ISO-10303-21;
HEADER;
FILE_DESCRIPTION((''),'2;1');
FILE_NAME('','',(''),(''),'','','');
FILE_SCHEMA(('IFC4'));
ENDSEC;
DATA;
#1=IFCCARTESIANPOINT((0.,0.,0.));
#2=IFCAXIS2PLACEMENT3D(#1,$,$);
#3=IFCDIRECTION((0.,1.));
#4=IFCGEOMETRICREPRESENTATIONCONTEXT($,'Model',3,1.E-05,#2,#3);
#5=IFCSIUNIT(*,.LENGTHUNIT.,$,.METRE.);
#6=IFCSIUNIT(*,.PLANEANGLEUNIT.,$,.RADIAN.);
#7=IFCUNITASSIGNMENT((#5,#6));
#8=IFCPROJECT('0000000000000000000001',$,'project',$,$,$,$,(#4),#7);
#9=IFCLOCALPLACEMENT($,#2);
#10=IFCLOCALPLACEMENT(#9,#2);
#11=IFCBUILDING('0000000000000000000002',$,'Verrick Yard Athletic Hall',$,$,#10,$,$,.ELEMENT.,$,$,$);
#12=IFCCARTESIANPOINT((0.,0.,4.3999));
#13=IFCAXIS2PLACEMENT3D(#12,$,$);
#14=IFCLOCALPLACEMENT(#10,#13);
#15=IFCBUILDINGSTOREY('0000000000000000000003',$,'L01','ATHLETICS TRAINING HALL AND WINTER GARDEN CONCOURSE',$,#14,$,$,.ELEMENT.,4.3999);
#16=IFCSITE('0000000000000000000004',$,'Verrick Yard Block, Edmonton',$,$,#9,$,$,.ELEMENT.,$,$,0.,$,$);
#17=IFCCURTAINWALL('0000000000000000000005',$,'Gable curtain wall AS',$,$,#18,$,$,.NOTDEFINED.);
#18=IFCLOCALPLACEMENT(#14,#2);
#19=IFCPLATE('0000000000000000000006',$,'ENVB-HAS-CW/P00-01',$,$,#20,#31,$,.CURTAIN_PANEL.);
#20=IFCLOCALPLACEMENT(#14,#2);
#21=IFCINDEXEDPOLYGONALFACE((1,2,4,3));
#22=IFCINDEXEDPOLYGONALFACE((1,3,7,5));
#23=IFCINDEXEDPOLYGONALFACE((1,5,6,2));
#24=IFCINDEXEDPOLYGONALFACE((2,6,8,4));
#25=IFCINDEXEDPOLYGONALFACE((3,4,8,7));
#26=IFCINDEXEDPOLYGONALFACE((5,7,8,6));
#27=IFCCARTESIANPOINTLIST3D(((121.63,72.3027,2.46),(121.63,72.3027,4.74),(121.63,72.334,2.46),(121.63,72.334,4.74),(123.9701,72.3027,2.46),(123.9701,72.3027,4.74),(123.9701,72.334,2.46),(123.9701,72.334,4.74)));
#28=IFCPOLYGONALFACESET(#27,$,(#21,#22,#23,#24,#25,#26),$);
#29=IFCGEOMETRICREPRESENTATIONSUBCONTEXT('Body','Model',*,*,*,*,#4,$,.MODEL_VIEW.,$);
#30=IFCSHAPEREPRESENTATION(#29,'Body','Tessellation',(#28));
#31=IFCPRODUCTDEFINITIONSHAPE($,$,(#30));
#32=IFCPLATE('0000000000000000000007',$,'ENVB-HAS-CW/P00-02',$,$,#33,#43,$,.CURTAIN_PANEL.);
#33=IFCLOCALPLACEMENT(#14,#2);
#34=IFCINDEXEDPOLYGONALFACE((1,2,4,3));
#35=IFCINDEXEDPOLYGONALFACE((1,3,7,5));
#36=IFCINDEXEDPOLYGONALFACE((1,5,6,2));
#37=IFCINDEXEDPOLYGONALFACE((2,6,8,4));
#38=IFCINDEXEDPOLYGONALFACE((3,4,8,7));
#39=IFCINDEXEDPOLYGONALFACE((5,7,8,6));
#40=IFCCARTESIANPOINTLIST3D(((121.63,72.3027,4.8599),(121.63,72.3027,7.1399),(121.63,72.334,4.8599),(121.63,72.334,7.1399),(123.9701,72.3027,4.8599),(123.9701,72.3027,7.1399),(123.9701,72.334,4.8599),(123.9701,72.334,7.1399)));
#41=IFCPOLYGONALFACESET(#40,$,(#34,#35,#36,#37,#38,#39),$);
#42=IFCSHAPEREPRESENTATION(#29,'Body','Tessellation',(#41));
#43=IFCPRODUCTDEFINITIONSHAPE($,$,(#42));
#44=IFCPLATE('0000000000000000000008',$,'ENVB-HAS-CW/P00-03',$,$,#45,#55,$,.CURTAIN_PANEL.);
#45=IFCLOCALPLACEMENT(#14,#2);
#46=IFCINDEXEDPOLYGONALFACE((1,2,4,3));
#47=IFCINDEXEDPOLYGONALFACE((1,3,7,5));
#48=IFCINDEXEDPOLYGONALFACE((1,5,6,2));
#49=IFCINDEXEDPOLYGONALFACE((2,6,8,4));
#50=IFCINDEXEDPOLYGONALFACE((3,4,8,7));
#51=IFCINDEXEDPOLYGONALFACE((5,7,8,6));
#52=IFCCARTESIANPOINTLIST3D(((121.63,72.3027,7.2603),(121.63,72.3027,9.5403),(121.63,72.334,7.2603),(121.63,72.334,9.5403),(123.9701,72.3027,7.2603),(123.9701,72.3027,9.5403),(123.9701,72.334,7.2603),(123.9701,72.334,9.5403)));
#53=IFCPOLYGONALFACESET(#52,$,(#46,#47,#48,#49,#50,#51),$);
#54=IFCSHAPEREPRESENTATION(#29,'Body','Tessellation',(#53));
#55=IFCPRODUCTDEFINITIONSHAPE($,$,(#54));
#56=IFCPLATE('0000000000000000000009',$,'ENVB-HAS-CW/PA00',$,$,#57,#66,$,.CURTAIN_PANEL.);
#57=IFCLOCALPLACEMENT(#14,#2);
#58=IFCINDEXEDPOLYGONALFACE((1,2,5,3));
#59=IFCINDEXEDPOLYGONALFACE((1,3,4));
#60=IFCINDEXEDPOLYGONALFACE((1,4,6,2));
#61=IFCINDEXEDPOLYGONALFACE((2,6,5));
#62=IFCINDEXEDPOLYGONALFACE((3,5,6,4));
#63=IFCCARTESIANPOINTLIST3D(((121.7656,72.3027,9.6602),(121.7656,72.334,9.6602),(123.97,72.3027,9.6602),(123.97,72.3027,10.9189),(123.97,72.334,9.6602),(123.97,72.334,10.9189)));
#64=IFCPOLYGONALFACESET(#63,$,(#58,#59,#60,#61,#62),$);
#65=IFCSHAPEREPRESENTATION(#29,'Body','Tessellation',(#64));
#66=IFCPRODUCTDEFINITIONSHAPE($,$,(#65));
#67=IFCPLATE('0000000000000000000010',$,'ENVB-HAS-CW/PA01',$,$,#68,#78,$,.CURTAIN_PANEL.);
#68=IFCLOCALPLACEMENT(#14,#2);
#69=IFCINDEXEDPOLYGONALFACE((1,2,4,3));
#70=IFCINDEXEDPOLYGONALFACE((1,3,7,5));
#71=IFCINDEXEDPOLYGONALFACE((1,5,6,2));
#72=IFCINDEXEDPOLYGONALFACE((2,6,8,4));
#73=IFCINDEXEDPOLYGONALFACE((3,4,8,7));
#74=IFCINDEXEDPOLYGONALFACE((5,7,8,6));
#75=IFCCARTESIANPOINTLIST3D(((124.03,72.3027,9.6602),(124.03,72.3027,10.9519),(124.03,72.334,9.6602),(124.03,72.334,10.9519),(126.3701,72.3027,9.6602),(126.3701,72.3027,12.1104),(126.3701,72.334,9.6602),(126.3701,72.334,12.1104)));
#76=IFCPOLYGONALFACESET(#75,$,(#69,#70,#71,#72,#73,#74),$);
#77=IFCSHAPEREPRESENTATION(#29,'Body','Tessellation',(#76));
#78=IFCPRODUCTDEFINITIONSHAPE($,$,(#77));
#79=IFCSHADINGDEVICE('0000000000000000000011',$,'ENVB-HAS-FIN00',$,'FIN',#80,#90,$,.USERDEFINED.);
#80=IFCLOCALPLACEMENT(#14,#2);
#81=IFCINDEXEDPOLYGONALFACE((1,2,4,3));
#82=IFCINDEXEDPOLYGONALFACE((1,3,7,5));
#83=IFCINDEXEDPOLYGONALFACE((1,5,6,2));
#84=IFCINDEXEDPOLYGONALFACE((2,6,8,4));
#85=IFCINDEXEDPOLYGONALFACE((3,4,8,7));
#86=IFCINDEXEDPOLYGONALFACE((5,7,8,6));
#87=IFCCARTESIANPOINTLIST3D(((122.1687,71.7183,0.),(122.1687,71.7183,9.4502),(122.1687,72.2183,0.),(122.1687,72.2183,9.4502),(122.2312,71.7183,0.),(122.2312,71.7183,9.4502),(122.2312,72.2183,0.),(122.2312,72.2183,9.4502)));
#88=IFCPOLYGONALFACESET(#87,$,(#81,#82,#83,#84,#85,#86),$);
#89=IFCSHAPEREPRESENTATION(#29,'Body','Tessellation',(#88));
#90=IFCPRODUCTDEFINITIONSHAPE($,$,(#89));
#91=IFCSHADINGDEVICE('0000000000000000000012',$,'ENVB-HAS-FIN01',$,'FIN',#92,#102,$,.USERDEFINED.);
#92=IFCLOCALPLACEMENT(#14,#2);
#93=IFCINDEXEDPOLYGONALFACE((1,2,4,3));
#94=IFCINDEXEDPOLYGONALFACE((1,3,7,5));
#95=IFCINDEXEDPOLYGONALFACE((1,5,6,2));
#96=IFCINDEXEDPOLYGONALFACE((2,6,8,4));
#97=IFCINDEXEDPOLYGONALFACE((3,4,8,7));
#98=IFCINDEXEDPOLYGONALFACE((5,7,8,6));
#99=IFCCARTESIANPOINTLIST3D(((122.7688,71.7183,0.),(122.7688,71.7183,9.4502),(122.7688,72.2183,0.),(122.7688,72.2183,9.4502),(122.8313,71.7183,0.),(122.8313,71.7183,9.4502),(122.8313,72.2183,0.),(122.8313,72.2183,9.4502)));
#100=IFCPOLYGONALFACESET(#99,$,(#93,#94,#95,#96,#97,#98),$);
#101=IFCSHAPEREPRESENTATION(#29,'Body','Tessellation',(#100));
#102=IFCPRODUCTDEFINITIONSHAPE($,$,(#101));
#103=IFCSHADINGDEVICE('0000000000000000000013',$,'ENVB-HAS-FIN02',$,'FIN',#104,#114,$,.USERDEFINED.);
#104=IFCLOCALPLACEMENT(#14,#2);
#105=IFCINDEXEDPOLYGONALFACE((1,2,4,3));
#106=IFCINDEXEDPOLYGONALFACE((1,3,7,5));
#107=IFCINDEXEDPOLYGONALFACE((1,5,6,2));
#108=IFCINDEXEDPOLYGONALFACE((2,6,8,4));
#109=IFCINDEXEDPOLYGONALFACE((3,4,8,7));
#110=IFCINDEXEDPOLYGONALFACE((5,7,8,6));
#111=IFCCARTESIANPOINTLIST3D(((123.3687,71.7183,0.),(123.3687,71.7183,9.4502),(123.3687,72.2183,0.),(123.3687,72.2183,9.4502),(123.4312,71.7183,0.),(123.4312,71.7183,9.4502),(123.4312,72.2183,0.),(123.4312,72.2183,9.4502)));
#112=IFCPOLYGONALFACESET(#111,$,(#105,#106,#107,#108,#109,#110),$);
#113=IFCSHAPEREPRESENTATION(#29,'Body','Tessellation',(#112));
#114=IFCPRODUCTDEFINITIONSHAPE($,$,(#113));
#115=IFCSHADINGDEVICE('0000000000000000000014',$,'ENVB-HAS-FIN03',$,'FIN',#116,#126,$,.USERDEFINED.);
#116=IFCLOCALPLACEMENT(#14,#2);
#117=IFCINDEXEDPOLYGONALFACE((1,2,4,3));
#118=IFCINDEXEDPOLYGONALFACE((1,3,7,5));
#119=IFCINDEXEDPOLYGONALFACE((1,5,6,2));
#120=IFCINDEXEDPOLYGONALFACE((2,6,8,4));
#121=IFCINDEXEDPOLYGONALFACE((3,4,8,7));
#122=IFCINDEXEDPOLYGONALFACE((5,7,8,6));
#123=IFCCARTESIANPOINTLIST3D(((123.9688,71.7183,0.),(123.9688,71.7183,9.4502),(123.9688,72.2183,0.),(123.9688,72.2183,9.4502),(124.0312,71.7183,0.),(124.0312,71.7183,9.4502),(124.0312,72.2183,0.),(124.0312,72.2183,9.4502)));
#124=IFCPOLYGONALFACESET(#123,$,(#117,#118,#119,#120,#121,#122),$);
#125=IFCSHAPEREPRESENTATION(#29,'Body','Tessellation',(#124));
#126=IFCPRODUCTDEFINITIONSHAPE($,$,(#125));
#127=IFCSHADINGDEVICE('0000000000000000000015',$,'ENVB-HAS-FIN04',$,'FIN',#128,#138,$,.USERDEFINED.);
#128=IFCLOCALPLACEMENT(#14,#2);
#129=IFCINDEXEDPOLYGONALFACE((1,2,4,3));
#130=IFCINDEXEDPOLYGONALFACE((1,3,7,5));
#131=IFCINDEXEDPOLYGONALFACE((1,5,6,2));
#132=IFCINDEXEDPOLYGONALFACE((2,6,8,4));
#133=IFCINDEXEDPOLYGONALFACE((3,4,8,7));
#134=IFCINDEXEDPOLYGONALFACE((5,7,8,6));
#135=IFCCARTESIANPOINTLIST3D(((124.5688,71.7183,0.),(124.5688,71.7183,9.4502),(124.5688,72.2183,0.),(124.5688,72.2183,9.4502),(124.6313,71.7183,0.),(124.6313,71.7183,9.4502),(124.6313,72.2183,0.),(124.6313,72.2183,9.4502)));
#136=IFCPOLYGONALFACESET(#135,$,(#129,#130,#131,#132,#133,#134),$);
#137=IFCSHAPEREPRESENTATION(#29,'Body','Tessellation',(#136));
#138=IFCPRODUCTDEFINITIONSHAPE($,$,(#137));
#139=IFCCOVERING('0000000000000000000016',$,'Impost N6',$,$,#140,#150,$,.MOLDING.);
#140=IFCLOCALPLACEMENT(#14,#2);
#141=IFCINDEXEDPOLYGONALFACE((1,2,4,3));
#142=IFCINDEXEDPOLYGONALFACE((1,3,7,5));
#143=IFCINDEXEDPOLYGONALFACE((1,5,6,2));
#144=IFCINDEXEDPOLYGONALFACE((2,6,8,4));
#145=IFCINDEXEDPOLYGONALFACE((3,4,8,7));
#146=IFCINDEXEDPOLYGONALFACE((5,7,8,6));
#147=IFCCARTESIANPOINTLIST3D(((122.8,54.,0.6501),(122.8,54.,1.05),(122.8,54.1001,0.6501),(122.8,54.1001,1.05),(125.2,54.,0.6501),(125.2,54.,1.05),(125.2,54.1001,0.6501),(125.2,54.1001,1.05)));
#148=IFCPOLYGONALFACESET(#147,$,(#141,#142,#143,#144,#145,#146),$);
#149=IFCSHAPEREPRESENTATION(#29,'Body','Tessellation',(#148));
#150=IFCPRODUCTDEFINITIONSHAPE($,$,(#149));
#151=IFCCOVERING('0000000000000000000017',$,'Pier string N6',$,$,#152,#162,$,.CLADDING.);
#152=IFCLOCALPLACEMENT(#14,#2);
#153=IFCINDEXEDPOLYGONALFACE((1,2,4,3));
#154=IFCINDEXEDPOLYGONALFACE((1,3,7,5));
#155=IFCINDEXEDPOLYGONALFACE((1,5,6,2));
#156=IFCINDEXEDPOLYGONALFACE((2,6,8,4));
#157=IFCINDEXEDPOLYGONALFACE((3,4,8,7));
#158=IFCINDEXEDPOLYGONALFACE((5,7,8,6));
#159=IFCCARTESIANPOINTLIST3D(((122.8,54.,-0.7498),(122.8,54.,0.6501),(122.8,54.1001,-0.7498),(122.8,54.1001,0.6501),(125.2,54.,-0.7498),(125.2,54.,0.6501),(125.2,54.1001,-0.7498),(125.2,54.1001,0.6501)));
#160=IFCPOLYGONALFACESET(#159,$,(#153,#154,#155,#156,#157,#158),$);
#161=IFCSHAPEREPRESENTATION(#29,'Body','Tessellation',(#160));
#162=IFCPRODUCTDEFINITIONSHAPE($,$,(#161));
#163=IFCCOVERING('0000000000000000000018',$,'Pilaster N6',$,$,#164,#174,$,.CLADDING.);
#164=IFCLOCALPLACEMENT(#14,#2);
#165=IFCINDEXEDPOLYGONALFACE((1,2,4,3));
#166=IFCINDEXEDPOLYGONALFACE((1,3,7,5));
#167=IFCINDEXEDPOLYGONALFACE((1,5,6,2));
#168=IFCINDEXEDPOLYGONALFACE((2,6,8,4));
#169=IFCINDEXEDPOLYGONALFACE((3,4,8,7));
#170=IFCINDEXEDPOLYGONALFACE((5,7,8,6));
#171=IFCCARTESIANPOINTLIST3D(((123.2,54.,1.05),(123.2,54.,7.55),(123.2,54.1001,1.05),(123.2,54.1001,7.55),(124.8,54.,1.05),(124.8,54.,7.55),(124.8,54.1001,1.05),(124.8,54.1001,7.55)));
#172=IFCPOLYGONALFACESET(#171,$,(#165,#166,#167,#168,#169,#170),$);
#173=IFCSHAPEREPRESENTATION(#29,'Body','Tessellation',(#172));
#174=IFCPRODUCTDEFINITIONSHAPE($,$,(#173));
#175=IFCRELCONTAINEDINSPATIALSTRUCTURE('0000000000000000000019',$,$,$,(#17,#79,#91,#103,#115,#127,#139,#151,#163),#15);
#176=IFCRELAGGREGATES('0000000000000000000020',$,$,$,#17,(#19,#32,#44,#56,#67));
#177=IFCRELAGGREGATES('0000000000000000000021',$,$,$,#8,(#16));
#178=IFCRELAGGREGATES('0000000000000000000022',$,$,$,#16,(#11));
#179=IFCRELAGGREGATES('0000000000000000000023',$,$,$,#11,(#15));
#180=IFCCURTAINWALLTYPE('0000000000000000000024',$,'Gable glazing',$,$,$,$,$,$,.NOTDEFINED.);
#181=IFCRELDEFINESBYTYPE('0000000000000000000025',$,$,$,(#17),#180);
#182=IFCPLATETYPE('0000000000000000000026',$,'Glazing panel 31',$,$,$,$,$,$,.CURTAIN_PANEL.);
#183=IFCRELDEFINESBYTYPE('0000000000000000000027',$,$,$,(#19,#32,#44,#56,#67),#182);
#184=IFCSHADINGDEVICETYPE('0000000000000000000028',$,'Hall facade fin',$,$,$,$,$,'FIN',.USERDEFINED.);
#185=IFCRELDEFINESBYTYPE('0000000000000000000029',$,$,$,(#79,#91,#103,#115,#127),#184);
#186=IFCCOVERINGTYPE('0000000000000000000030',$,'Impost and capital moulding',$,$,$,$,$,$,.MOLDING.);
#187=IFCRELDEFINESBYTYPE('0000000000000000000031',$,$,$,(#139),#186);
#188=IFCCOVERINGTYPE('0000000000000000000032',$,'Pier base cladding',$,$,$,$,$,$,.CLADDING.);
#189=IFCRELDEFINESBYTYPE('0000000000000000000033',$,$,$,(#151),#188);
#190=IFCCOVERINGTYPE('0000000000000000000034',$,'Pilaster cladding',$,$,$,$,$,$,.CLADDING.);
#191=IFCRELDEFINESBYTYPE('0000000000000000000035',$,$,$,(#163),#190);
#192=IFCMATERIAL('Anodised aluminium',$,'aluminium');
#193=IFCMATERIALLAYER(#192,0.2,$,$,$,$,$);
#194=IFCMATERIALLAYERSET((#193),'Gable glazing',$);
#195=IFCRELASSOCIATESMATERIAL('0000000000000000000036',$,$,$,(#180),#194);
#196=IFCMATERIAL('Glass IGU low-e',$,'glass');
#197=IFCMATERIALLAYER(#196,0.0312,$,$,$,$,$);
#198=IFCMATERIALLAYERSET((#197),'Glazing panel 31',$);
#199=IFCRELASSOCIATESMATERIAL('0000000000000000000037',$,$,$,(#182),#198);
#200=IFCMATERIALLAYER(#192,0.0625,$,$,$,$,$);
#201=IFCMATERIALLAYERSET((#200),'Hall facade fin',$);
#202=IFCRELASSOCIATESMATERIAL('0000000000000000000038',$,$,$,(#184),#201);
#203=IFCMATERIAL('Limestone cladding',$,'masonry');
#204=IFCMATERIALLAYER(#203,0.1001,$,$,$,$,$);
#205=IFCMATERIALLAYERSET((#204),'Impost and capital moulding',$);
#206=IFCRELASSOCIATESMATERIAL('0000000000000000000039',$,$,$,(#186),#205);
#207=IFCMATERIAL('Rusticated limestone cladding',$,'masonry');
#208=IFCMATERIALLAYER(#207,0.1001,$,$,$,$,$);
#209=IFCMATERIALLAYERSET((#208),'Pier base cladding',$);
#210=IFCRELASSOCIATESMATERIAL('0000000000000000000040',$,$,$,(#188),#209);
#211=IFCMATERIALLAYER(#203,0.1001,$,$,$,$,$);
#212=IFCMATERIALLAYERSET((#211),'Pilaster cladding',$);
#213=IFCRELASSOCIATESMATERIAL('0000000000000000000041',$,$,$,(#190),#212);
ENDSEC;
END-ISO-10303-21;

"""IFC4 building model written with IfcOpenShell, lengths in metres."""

from ifc_helpers import new_model, si_unit, direction, frame, origin, origin_2d, place, context, subcontext, project, spatial, polyline, rectangle, outline, extrude, material, layer, layer_set, type_object, element, aggregate, save


model = new_model("IFC4")

# Units and contexts
model_context = context("Model", 3, precision=1e-05, world=origin(), true_north=direction((0.0, 1.0)))
body_context = subcontext(model_context, "Body", "Model", "MODEL_VIEW")
ifc_project = project(units=[si_unit("LENGTHUNIT", "METRE"), si_unit("PLANEANGLEUNIT", "RADIAN")], contexts=[model_context])

# Site, building, storey
site_placement = place(None, origin())
site = spatial("IfcSite", under=ifc_project, at=site_placement, Name="Verrick Yard Block, Edmonton", CompositionType="ELEMENT", RefElevation=0.0)
building_placement = place(site_placement, origin())
building = spatial("IfcBuilding", under=site, at=building_placement, Name="Verrick Yard Athletic Hall", CompositionType="ELEMENT")
storey_placement = place(building_placement, frame((0.0, 0.0, 4.3999)))
storey = spatial("IfcBuildingStorey", under=building, at=storey_placement, Name="L01", Description="ATHLETICS TRAINING HALL AND WINTER GARDEN CONCOURSE", CompositionType="ELEMENT", Elevation=4.3999)

# Curtain wall
ifc_material_1 = material(Name="Anodised aluminium", Category="aluminium")
ifc_layer_1 = layer(ifc_material_1, 0.2)
ifc_layer_set_1 = layer_set([ifc_layer_1], Name="Gable glazing")
curtain_wall_type = type_object("IfcCurtainWallType", Name="Gable glazing", PredefinedType="NOTDEFINED", material=ifc_layer_set_1)
curtain_wall_placement = place(storey_placement, origin())
curtain_wall = element("IfcCurtainWall", 1, at=curtain_wall_placement, inside=storey, type_object=curtain_wall_type, Name="Gable curtain wall AS", PredefinedType="NOTDEFINED")

# Plates
ifc_material_2 = material(Name="Glass IGU low-e", Category="glass")
ifc_layer_2 = layer(ifc_material_2, 0.0312)
ifc_layer_set_2 = layer_set([ifc_layer_2], Name="Glazing panel 31")
plate_type = type_object("IfcPlateType", Name="Glazing panel 31", PredefinedType="CURTAIN_PANEL", material=ifc_layer_set_2)
plate_1_placement = place(storey_placement, frame((122.8, 72.3184, 2.46), z_axis=(0.0, 0.0, 1.0), x_axis=(1.0, 0.0, 0.0)))
plate_1 = element("IfcPlate", 2, at=plate_1_placement, type_object=plate_type, Name="ENVB-HAS-CW/P00-01", PredefinedType="CURTAIN_PANEL", context=body_context, shape_type="SweptSolid", body=[
    extrude(rectangle(XDim=2.3401, YDim=0.0312, at=origin_2d()), origin(), (0.0, 0.0, 1.0), 2.28),
])
plate_2_placement = place(storey_placement, frame((122.8, 72.3184, 4.8599), z_axis=(0.0, 0.0, 1.0), x_axis=(1.0, 0.0, 0.0)))
plate_2 = element("IfcPlate", 3, at=plate_2_placement, type_object=plate_type, Name="ENVB-HAS-CW/P00-02", PredefinedType="CURTAIN_PANEL", context=body_context, shape_type="SweptSolid", body=[
    extrude(rectangle(XDim=2.3401, YDim=0.0312, at=origin_2d()), origin(), (0.0, 0.0, 1.0), 2.28),
])
plate_3_placement = place(storey_placement, frame((122.8, 72.3184, 7.2603), z_axis=(0.0, 0.0, 1.0), x_axis=(1.0, 0.0, 0.0)))
plate_3 = element("IfcPlate", 4, at=plate_3_placement, type_object=plate_type, Name="ENVB-HAS-CW/P00-03", PredefinedType="CURTAIN_PANEL", context=body_context, shape_type="SweptSolid", body=[
    extrude(rectangle(XDim=2.3401, YDim=0.0312, at=origin_2d()), origin(), (0.0, 0.0, 1.0), 2.28),
])
plate_4_placement = place(storey_placement, frame((121.7656, 72.3184, 9.6602), z_axis=(0.0, 0.0, 1.0), x_axis=(1.0, 0.0, 0.0)))
plate_4 = element("IfcPlate", 5, at=plate_4_placement, type_object=plate_type, Name="ENVB-HAS-CW/PA00", PredefinedType="CURTAIN_PANEL", context=body_context, shape_type="SweptSolid", body=[
    extrude(outline(polyline([(2.2043, 1.2588), (2.2043, 0.0), (0.0, 0.0), (2.2043, 1.2588)])), frame((0.0, 0.0156, 0.0), z_axis=(0.0, -1.0, 0.0), x_axis=(1.0, 0.0, 0.0)), (0.0, 0.0, 1.0), 0.0312),
])
plate_5_placement = place(storey_placement, frame((124.03, 72.3184, 9.6602), z_axis=(0.0, 0.0, 1.0), x_axis=(1.0, 0.0, 0.0)))
plate_5 = element("IfcPlate", 6, at=plate_5_placement, type_object=plate_type, Name="ENVB-HAS-CW/PA01", PredefinedType="CURTAIN_PANEL", context=body_context, shape_type="SweptSolid", body=[
    extrude(outline(polyline([(0.0, 1.2917), (2.3401, 2.4502), (2.3401, 0.0), (0.0, 0.0), (0.0, 1.2917)])), frame((0.0, 0.0156, 0.0), z_axis=(0.0, -1.0, 0.0), x_axis=(1.0, 0.0, 0.0)), (0.0, 0.0, 1.0), 0.0312),
])
aggregate(curtain_wall, [plate_1, plate_2, plate_3, plate_4, plate_5])

# Shared definitions
ifc_material_3 = material(Name="Limestone cladding", Category="masonry")

# Shading devices
ifc_layer_3 = layer(ifc_material_1, 0.0625)
ifc_layer_set_3 = layer_set([ifc_layer_3], Name="Hall facade fin")
shading_device_type = type_object("IfcShadingDeviceType", Name="Hall facade fin", ElementType="FIN", PredefinedType="USERDEFINED", material=ifc_layer_set_3)
for number, where, z_axis, x_axis, name in (
    (7, (122.2, 71.7183, 0.0), (0.0, 0.0, 1.0), (0.0, 1.0, 0.0), "ENVB-HAS-FIN00"),
    (8, (122.8, 71.7183, 0.0), (0.0, 0.0, 1.0), (0.0, 1.0, 0.0), "ENVB-HAS-FIN01"),
    (9, (123.3999, 71.7183, 0.0), (0.0, 0.0, 1.0), (0.0, 1.0, 0.0), "ENVB-HAS-FIN02"),
    (10, (124.0, 71.7183, 0.0), (0.0, 0.0, 1.0), (0.0, 1.0, 0.0), "ENVB-HAS-FIN03"),
    (11, (124.6001, 71.7183, 0.0), (0.0, 0.0, 1.0), (0.0, 1.0, 0.0), "ENVB-HAS-FIN04"),
):
    element("IfcShadingDevice", number, at=place(storey_placement, frame(where, z_axis=z_axis, x_axis=x_axis)), inside=storey, type_object=shading_device_type, Name=name, ObjectType="FIN", PredefinedType="USERDEFINED", context=body_context, shape_type="SweptSolid", body=[
        extrude(outline(polyline([(0.0, 0.0), (0.5, 0.0), (0.5, 9.4502), (0.0, 9.4502), (0.0, 0.0)])), frame((0.0, 0.0312, 0.0), z_axis=(0.0, -1.0, 0.0), x_axis=(1.0, 0.0, 0.0)), (0.0, 0.0, 1.0), 0.0625),
    ])

# Coverings
ifc_layer_4 = layer(ifc_material_3, 0.1001)
ifc_layer_set_4 = layer_set([ifc_layer_4], Name="Impost and capital moulding")
covering_type_1 = type_object("IfcCoveringType", Name="Impost and capital moulding", PredefinedType="MOLDING", material=ifc_layer_set_4)
covering_1_placement = place(storey_placement, frame((124.0, 54.05, 0.6501), z_axis=(0.0, 0.0, 1.0), x_axis=(1.0, 0.0, 0.0)))
element("IfcCovering", 12, at=covering_1_placement, inside=storey, type_object=covering_type_1, Name="Impost N6", PredefinedType="MOLDING", context=body_context, shape_type="SweptSolid", body=[
    extrude(rectangle(XDim=2.3999, YDim=0.1001, at=origin_2d()), origin(), (0.0, 0.0, 1.0), 0.3999),
])
ifc_material_4 = material(Name="Rusticated limestone cladding", Category="masonry")
ifc_layer_5 = layer(ifc_material_4, 0.1001)
ifc_layer_set_5 = layer_set([ifc_layer_5], Name="Pier base cladding")
covering_type_2 = type_object("IfcCoveringType", Name="Pier base cladding", PredefinedType="CLADDING", material=ifc_layer_set_5)
covering_2_placement = place(storey_placement, frame((124.0, 54.05, -0.7498), z_axis=(0.0, 0.0, 1.0), x_axis=(1.0, 0.0, 0.0)))
element("IfcCovering", 13, at=covering_2_placement, inside=storey, type_object=covering_type_2, Name="Pier string N6", PredefinedType="CLADDING", context=body_context, shape_type="SweptSolid", body=[
    extrude(rectangle(XDim=2.3999, YDim=0.1001, at=origin_2d()), origin(), (0.0, 0.0, 1.0), 1.3999),
])
ifc_layer_6 = layer(ifc_material_3, 0.1001)
ifc_layer_set_6 = layer_set([ifc_layer_6], Name="Pilaster cladding")
covering_type_3 = type_object("IfcCoveringType", Name="Pilaster cladding", PredefinedType="CLADDING", material=ifc_layer_set_6)
covering_3_placement = place(storey_placement, frame((124.0, 54.05, 1.05), z_axis=(0.0, 0.0, 1.0), x_axis=(1.0, 0.0, 0.0)))
element("IfcCovering", 14, at=covering_3_placement, inside=storey, type_object=covering_type_3, Name="Pilaster N6", PredefinedType="CLADDING", context=body_context, shape_type="SweptSolid", body=[
    extrude(rectangle(XDim=1.6001, YDim=0.1001, at=origin_2d()), origin(), (0.0, 0.0, 1.0), 6.5),
])

save(model, "model.ifc")
